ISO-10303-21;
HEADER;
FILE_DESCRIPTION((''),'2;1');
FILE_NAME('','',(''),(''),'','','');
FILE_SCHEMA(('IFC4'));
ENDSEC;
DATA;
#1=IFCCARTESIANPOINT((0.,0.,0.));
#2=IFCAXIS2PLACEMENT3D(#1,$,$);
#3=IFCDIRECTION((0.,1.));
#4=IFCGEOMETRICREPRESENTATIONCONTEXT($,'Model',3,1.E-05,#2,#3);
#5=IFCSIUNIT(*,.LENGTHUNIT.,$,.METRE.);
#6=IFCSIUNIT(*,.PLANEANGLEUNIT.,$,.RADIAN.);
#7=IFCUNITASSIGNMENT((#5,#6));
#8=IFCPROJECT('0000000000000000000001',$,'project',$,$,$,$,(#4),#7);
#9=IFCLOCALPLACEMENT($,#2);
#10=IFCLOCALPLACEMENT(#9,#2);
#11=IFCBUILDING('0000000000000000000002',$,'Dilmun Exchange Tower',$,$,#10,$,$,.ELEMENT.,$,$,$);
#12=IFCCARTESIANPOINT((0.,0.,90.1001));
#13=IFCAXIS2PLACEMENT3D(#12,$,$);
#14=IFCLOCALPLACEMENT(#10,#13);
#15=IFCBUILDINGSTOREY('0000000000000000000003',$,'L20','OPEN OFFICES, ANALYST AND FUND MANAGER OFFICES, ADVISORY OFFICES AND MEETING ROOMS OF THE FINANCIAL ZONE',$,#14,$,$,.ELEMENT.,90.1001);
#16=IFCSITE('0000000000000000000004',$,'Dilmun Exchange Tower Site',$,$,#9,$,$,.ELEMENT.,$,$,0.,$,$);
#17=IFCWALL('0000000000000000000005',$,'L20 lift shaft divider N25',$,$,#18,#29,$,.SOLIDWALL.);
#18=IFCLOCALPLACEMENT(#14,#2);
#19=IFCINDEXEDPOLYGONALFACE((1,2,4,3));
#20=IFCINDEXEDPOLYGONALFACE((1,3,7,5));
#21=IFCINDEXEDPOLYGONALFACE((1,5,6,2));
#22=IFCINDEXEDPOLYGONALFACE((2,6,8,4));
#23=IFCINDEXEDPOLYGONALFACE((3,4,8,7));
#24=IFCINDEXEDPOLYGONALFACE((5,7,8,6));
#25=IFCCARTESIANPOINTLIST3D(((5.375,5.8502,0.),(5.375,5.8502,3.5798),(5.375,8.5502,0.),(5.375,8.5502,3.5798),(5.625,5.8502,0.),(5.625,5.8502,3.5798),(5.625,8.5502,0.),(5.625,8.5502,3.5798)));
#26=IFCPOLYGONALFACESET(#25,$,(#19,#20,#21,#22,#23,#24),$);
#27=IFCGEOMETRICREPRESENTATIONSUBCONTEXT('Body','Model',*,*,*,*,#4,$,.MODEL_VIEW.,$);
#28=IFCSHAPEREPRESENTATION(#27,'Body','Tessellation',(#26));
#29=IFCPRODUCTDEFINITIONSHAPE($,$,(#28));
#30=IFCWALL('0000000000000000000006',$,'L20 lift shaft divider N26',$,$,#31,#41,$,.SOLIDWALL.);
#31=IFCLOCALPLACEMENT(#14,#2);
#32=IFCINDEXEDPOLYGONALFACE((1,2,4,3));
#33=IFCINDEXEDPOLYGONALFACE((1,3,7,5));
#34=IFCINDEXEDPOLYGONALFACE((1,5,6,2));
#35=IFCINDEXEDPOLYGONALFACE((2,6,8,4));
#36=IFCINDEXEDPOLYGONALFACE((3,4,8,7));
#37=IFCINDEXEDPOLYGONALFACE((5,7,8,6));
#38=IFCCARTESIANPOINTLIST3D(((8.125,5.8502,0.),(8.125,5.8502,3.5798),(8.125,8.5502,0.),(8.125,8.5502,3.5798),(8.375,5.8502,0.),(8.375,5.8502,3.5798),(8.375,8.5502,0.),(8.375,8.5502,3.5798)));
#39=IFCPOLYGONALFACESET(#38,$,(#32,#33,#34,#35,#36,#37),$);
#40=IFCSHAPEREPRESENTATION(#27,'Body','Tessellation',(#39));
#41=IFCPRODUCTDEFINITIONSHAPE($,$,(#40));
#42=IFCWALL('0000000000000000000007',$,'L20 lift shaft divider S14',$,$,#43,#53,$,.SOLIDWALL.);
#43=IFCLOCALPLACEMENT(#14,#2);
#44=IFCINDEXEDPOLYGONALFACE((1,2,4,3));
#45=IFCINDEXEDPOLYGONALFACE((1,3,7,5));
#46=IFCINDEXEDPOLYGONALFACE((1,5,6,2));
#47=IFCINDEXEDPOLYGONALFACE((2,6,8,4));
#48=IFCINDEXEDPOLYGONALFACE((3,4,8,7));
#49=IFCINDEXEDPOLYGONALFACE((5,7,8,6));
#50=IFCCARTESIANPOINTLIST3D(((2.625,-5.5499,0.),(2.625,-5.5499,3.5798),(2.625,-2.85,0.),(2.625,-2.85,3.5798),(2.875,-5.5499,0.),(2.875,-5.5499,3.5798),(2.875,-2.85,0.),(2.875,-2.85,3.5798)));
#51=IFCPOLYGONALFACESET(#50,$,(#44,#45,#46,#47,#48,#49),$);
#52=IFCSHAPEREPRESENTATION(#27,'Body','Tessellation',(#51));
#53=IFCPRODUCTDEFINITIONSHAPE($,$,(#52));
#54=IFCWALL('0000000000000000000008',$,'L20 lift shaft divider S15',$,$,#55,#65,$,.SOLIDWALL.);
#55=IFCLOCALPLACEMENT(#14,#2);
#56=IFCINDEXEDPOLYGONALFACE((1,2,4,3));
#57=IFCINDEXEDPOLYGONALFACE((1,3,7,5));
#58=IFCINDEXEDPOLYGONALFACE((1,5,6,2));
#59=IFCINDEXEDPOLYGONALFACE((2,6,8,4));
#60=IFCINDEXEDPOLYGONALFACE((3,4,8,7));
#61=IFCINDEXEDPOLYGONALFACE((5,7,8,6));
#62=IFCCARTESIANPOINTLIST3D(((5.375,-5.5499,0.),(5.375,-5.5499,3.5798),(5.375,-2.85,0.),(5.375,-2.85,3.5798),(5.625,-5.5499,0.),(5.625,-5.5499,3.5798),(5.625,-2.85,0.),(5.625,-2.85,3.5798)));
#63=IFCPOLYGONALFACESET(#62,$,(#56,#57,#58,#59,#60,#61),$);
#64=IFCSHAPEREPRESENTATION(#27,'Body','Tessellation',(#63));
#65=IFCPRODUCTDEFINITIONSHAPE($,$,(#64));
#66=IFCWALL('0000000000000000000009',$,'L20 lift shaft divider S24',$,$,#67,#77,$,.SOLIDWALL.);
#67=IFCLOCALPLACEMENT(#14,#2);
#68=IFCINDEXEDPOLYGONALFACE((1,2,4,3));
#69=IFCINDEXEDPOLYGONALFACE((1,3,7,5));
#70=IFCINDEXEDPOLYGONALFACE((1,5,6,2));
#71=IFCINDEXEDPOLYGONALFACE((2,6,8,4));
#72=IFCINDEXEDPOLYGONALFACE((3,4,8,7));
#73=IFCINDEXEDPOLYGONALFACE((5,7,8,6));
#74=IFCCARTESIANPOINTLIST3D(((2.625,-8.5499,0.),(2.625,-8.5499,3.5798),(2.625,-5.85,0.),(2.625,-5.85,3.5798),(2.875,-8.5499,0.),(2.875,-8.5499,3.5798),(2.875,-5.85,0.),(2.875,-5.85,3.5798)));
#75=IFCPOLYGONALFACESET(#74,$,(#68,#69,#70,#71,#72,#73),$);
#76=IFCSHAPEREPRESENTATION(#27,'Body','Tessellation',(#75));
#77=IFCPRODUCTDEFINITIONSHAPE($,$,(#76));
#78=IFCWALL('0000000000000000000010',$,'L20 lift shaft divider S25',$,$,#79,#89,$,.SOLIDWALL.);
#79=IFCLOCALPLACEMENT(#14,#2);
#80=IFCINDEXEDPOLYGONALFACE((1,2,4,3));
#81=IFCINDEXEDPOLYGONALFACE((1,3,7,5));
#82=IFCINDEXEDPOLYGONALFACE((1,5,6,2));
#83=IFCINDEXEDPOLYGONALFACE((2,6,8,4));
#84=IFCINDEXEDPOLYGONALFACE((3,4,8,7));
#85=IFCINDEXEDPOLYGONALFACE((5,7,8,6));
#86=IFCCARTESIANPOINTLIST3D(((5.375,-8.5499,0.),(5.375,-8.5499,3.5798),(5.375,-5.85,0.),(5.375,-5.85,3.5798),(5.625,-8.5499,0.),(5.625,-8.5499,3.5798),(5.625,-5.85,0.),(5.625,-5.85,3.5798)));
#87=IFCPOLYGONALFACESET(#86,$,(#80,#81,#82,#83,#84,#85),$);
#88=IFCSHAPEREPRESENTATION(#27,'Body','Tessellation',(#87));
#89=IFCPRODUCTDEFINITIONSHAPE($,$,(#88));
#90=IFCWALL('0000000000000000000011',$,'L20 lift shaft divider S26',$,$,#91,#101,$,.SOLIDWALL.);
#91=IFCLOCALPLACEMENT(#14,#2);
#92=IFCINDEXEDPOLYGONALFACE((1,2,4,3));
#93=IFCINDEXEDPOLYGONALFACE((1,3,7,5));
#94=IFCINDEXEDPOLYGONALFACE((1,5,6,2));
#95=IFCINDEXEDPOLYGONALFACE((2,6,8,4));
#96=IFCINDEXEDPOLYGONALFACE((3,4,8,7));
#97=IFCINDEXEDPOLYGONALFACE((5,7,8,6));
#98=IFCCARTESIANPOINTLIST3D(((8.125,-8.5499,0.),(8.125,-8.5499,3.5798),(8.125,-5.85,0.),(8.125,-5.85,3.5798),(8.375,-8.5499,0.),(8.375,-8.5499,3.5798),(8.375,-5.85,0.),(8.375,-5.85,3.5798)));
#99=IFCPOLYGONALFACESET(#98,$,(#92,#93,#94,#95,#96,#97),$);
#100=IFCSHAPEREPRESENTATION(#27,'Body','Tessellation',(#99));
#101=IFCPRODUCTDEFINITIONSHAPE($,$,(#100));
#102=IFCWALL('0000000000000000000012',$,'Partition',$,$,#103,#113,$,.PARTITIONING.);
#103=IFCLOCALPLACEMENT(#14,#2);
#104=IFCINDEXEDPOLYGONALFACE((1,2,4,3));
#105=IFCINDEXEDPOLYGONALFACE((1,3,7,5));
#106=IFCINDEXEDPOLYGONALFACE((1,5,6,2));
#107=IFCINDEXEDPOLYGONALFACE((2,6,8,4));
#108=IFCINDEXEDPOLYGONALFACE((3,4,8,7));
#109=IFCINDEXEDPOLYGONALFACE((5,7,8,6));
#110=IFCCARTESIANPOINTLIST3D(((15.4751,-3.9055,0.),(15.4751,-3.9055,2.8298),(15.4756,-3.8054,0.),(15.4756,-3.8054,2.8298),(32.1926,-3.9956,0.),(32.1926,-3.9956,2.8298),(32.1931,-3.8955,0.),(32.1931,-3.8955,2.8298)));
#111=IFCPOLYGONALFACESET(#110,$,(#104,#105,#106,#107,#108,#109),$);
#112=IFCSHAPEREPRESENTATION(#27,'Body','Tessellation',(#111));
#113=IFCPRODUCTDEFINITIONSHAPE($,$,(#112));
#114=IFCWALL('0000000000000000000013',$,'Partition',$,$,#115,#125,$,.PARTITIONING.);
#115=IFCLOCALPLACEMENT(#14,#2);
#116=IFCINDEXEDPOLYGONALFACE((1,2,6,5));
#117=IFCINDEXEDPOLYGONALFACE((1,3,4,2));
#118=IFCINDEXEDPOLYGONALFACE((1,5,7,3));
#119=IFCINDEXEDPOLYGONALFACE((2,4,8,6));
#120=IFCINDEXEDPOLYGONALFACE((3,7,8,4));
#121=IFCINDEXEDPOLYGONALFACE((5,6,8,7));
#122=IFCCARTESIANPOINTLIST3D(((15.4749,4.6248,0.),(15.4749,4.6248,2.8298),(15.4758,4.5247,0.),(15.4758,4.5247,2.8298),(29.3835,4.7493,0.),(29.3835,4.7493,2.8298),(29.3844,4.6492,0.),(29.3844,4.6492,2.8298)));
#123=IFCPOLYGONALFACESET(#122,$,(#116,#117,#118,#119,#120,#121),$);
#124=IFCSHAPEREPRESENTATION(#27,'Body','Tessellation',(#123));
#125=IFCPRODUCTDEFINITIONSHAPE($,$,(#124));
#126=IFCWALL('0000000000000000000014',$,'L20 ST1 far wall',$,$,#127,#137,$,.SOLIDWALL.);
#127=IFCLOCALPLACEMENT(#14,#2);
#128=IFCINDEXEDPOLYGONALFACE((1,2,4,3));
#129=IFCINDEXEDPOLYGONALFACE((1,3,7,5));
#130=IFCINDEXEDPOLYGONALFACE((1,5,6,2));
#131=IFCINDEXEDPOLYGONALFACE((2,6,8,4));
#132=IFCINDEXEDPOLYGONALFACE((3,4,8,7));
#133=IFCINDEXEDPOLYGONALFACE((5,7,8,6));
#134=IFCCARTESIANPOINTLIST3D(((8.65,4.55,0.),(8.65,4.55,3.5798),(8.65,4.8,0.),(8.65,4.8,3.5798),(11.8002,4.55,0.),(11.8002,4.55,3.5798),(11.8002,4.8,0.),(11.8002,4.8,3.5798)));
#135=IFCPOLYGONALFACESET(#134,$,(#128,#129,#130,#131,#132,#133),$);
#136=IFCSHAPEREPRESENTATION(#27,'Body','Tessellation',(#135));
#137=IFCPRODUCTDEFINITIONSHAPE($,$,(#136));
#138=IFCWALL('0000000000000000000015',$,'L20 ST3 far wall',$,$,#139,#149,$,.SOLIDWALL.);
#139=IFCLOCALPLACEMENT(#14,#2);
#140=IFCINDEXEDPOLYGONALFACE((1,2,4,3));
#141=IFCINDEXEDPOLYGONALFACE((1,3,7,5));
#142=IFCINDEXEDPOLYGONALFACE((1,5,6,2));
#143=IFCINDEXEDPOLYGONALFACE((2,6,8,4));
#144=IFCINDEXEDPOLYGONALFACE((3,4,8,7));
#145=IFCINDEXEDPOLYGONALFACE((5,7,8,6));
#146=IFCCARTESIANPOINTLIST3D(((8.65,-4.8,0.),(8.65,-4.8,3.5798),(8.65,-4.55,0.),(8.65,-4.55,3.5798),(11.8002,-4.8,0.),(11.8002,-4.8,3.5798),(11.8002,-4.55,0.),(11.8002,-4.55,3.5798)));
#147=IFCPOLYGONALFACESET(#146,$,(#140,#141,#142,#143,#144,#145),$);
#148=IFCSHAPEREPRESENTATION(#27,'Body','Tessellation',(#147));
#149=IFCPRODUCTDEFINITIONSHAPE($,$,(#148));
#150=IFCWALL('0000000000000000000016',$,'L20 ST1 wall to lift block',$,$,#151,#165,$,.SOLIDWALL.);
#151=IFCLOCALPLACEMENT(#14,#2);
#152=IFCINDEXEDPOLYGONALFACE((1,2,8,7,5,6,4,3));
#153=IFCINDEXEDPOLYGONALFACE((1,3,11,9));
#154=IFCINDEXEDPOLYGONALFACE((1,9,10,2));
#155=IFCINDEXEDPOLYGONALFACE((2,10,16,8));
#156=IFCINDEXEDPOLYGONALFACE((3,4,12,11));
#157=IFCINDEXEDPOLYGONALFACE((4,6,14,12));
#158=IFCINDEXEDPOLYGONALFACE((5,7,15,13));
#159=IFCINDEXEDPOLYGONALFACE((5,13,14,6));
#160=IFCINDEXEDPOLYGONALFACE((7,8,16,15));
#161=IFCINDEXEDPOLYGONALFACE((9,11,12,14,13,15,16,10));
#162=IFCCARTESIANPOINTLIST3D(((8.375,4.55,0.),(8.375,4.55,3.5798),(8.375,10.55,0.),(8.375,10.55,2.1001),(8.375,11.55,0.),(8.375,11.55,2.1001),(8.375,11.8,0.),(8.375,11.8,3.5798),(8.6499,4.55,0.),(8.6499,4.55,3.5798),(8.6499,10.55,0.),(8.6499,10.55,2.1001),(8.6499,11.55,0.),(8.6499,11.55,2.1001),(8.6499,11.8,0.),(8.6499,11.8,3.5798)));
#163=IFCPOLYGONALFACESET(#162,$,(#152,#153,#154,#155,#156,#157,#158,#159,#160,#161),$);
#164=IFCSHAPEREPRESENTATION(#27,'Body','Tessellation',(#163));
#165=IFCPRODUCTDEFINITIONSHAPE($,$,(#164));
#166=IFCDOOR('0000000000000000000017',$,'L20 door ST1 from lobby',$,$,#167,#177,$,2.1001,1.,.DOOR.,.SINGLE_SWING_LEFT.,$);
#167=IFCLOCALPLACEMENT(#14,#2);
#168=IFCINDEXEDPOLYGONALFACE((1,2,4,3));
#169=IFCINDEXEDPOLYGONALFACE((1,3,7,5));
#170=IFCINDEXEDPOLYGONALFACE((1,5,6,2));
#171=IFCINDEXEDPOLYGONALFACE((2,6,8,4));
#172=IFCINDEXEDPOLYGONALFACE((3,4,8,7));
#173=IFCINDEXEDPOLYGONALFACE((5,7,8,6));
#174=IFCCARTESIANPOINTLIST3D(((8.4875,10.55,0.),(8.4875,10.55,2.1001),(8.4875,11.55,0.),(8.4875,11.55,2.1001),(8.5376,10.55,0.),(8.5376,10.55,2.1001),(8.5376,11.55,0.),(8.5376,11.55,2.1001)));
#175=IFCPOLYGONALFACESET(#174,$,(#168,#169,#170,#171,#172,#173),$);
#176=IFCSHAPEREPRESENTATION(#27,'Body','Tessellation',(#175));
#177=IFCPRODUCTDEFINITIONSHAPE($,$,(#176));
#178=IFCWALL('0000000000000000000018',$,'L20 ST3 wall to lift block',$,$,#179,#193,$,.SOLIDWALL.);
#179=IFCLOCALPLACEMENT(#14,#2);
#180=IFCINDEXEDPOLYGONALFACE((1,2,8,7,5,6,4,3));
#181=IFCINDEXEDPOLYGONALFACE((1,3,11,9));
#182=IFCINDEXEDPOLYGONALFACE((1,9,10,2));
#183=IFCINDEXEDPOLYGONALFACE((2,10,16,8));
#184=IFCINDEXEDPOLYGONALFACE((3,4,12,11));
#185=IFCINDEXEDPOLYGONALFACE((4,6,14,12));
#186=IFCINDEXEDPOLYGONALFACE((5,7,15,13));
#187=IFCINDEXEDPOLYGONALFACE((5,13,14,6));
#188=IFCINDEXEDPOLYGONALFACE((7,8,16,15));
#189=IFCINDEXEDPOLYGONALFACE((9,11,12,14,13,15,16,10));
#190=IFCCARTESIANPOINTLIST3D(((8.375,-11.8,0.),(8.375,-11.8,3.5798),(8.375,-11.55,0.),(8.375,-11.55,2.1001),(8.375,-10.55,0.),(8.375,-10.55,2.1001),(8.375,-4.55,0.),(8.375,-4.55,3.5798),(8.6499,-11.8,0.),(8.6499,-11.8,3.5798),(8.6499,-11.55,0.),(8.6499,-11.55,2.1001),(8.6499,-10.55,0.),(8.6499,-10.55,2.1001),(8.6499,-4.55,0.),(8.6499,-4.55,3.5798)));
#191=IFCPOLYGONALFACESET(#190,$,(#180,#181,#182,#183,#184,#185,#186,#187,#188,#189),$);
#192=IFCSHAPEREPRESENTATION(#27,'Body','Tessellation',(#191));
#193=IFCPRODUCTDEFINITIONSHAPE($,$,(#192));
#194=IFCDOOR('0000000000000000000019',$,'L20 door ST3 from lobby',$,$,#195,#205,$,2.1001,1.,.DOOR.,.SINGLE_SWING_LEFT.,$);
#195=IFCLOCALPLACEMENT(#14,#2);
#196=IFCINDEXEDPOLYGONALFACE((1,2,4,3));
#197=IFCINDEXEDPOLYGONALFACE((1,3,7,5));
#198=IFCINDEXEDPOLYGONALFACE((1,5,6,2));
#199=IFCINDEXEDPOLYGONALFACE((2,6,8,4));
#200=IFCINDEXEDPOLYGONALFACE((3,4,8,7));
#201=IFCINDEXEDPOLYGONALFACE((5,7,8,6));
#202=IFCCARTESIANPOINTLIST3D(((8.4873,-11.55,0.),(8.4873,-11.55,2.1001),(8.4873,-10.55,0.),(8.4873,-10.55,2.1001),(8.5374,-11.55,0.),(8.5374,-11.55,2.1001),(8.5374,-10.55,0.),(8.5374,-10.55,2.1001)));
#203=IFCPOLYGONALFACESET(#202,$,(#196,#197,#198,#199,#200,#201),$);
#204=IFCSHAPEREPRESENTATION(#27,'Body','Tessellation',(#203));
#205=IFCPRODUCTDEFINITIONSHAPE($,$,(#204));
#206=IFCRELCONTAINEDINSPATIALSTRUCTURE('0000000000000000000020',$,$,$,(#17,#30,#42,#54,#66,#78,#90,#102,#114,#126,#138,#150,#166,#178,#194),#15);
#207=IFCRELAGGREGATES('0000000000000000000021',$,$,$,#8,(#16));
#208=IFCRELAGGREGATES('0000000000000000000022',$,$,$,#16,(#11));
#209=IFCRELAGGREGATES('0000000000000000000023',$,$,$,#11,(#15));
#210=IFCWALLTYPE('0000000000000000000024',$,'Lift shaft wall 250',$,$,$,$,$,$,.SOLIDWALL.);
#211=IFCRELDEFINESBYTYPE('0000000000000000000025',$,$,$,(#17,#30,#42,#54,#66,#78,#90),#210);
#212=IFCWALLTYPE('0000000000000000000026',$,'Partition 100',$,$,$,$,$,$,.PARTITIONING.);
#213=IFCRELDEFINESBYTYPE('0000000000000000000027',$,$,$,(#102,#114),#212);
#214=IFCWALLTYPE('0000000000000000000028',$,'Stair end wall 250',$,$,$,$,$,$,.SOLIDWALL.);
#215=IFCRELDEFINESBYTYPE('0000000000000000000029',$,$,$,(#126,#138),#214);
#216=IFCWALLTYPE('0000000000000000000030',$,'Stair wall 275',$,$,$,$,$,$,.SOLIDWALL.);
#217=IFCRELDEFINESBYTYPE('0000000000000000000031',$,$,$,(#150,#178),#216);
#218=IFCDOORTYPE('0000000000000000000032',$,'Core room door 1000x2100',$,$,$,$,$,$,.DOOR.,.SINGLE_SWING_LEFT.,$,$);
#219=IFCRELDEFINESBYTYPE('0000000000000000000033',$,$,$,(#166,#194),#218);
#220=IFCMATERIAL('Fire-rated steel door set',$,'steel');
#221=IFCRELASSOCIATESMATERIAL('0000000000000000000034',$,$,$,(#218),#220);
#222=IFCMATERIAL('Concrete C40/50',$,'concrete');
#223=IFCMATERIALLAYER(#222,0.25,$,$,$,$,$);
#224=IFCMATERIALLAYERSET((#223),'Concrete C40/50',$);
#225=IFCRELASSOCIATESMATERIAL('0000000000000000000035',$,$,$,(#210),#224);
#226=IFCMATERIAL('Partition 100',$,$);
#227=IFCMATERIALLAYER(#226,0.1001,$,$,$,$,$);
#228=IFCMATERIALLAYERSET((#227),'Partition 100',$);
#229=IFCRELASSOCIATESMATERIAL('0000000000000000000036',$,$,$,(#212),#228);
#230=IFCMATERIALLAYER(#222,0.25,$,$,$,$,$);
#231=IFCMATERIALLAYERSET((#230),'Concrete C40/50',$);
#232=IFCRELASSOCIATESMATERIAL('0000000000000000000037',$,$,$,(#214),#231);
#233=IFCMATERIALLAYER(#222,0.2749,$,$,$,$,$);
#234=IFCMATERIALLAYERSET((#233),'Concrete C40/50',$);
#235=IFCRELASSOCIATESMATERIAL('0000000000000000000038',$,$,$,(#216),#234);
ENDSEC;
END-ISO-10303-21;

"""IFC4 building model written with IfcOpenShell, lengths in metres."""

from ifc_helpers import new_model, si_unit, direction, frame, frame_2d, origin, place, context, subcontext, project, spatial, rectangle, extrude, material, layer, layer_set, type_object, element, fill, save


model = new_model("IFC4")

# Units and contexts
model_context = context("Model", 3, precision=1e-05, world=origin(), true_north=direction((0.0, 1.0)))
body_context = subcontext(model_context, "Body", "Model", "MODEL_VIEW")
ifc_project = project(units=[si_unit("LENGTHUNIT", "METRE"), si_unit("PLANEANGLEUNIT", "RADIAN")], contexts=[model_context])

# Site, building, storey
site_placement = place(None, origin())
site = spatial("IfcSite", under=ifc_project, at=site_placement, Name="Dilmun Exchange Tower Site", CompositionType="ELEMENT", RefElevation=0.0)
building_placement = place(site_placement, origin())
building = spatial("IfcBuilding", under=site, at=building_placement, Name="Dilmun Exchange Tower", CompositionType="ELEMENT")
storey_placement = place(building_placement, frame((0.0, 0.0, 90.1001)))
storey = spatial("IfcBuildingStorey", under=building, at=storey_placement, Name="L20", Description="OPEN OFFICES, ANALYST AND FUND MANAGER OFFICES, ADVISORY OFFICES AND MEETING ROOMS OF THE FINANCIAL ZONE", CompositionType="ELEMENT", Elevation=90.1001)

# Shared definitions
ifc_material_1 = material(Name="Concrete C40/50", Category="concrete")

# Shared definitions
ifc_material_2 = material(Name="Fire-rated steel door set", Category="steel")

# Shared definitions
door_type_1 = type_object("IfcDoorType", Name="Core room door 1000x2100", OperationType="SINGLE_SWING_LEFT", PredefinedType="DOOR", material=ifc_material_2)

# Walls
ifc_layer_1 = layer(ifc_material_1, 0.25)
ifc_layer_set_1 = layer_set([ifc_layer_1], Name="Concrete C40/50")
wall_type_1 = type_object("IfcWallType", Name="Lift shaft wall 250", PredefinedType="SOLIDWALL", material=ifc_layer_set_1)
for number, where, z_axis, x_axis, name in (
    (1, (5.5, 5.8501, 0.0), (0.0, 0.0, 1.0), (0.0, 1.0, 0.0), "L20 lift shaft divider N25"),
    (2, (8.25, 5.8501, 0.0), (0.0, 0.0, 1.0), (0.0, 1.0, 0.0), "L20 lift shaft divider N26"),
    (3, (2.75, -5.55, 0.0), (0.0, 0.0, 1.0), (0.0, 1.0, 0.0), "L20 lift shaft divider S14"),
    (4, (5.5, -5.55, 0.0), (0.0, 0.0, 1.0), (0.0, 1.0, 0.0), "L20 lift shaft divider S15"),
    (5, (2.75, -8.55, 0.0), (0.0, 0.0, 1.0), (0.0, 1.0, 0.0), "L20 lift shaft divider S24"),
    (6, (5.5, -8.55, 0.0), (0.0, 0.0, 1.0), (0.0, 1.0, 0.0), "L20 lift shaft divider S25"),
    (7, (8.25, -8.55, 0.0), (0.0, 0.0, 1.0), (0.0, 1.0, 0.0), "L20 lift shaft divider S26"),
):
    element("IfcWall", number, at=place(storey_placement, frame(where, z_axis=z_axis, x_axis=x_axis)), inside=storey, type_object=wall_type_1, Name=name, PredefinedType="SOLIDWALL", context=body_context, shape_type="SweptSolid", body=[
        extrude(rectangle(XDim=2.7, YDim=0.25, at=frame_2d((1.3501, 0.0))), origin(), (0.0, 0.0, 1.0), 3.5798),
    ])
ifc_material_3 = material(Name="Partition 100")
ifc_layer_2 = layer(ifc_material_3, 0.1001)
ifc_layer_set_2 = layer_set([ifc_layer_2], Name="Partition 100")
wall_type_2 = type_object("IfcWallType", Name="Partition 100", PredefinedType="PARTITIONING", material=ifc_layer_set_2)
wall_1_placement = place(storey_placement, frame((15.4753, -3.8555, 0.0), z_axis=(0.0, 0.0, 1.0), x_axis=(0.999985, -0.005389, 0.0)))
element("IfcWall", 8, at=wall_1_placement, inside=storey, type_object=wall_type_2, Name="Partition", PredefinedType="PARTITIONING", context=body_context, shape_type="SweptSolid", body=[
    extrude(rectangle(XDim=16.7178, YDim=0.1001, at=frame_2d((8.3589, 0.0))), origin(), (0.0, 0.0, 1.0), 2.8298),
])
wall_2_placement = place(storey_placement, frame((15.4753, 4.5747, 0.0), z_axis=(0.0, 0.0, 1.0), x_axis=(0.99996, 0.008952, 0.0)))
element("IfcWall", 9, at=wall_2_placement, inside=storey, type_object=wall_type_2, Name="Partition", PredefinedType="PARTITIONING", context=body_context, shape_type="SweptSolid", body=[
    extrude(rectangle(XDim=13.9092, YDim=0.1001, at=frame_2d((6.9546, 0.0))), origin(), (0.0, 0.0, 1.0), 2.8298),
])
ifc_layer_3 = layer(ifc_material_1, 0.25)
ifc_layer_set_3 = layer_set([ifc_layer_3], Name="Concrete C40/50")
wall_type_3 = type_object("IfcWallType", Name="Stair end wall 250", PredefinedType="SOLIDWALL", material=ifc_layer_set_3)
for number, where, z_axis, x_axis, name in (
    (10, (8.6499, 4.675, 0.0), (0.0, 0.0, 1.0), (1.0, 0.0, 0.0), "L20 ST1 far wall"),
    (11, (8.6499, -4.675, 0.0), (0.0, 0.0, 1.0), (1.0, 0.0, 0.0), "L20 ST3 far wall"),
):
    element("IfcWall", number, at=place(storey_placement, frame(where, z_axis=z_axis, x_axis=x_axis)), inside=storey, type_object=wall_type_3, Name=name, PredefinedType="SOLIDWALL", context=body_context, shape_type="SweptSolid", body=[
        extrude(rectangle(XDim=3.1501, YDim=0.25, at=frame_2d((1.5752, 0.0))), origin(), (0.0, 0.0, 1.0), 3.5798),
    ])

# Walls, openings, doors
ifc_layer_4 = layer(ifc_material_1, 0.2749)
ifc_layer_set_4 = layer_set([ifc_layer_4], Name="Concrete C40/50")
wall_type_4 = type_object("IfcWallType", Name="Stair wall 275", PredefinedType="SOLIDWALL", material=ifc_layer_set_4)
wall_3_placement = place(storey_placement, frame((8.5125, 4.55, 0.0), z_axis=(0.0, 0.0, 1.0), x_axis=(0.0, 1.0, 0.0)))
wall_3 = element("IfcWall", 12, at=wall_3_placement, inside=storey, type_object=wall_type_4, Name="L20 ST1 wall to lift block", PredefinedType="SOLIDWALL", context=body_context, shape_type="SweptSolid", body=[
    extrude(rectangle(XDim=7.25, YDim=0.2749, at=frame_2d((3.625, 0.0))), origin(), (0.0, 0.0, 1.0), 3.5798),
])
opening_1_placement = place(wall_3_placement, frame((6.0, 0.0, 0.0)))
opening_1 = element("IfcOpeningElement", 13, at=opening_1_placement, cuts=wall_3, PredefinedType="OPENING", context=body_context, shape_type="SweptSolid", body=[
    extrude(rectangle(XDim=1.0, YDim=2.1001, at=frame_2d((0.5, 1.05))), frame((0.0, 0.1475, 0.0), z_axis=(0.0, -1.0, 0.0), x_axis=(1.0, 0.0, 0.0)), (0.0, 0.0, 1.0), 0.2949),
])
door_1_placement = place(opening_1_placement, origin())
door_1 = element("IfcDoor", 14, at=door_1_placement, inside=storey, type_object=door_type_1, Name="L20 door ST1 from lobby", OperationType="SINGLE_SWING_LEFT", OverallHeight=2.1001, OverallWidth=1.0, PredefinedType="DOOR", context=body_context, shape_type="SweptSolid", body=[
    extrude(rectangle(XDim=1.0, YDim=2.1001, at=frame_2d((0.5, 1.05))), frame((0.0, 0.0249, 0.0), z_axis=(0.0, -1.0, 0.0), x_axis=(1.0, 0.0, 0.0)), (0.0, 0.0, 1.0), 0.05),
])
fill(opening_1, door_1)
wall_4_placement = place(storey_placement, frame((8.5125, -4.55, 0.0), z_axis=(0.0, 0.0, 1.0), x_axis=(0.0, -1.0, 0.0)))
wall_4 = element("IfcWall", 15, at=wall_4_placement, inside=storey, type_object=wall_type_4, Name="L20 ST3 wall to lift block", PredefinedType="SOLIDWALL", context=body_context, shape_type="SweptSolid", body=[
    extrude(rectangle(XDim=7.25, YDim=0.2749, at=frame_2d((3.625, 0.0))), origin(), (0.0, 0.0, 1.0), 3.5798),
])
opening_2_placement = place(wall_4_placement, frame((6.0, 0.0, 0.0)))
opening_2 = element("IfcOpeningElement", 16, at=opening_2_placement, cuts=wall_4, PredefinedType="OPENING", context=body_context, shape_type="SweptSolid", body=[
    extrude(rectangle(XDim=1.0, YDim=2.1001, at=frame_2d((0.5, 1.05))), frame((0.0, 0.1475, 0.0), z_axis=(0.0, -1.0, 0.0), x_axis=(1.0, 0.0, 0.0)), (0.0, 0.0, 1.0), 0.2949),
])
door_2_placement = place(opening_2_placement, origin())
door_2 = element("IfcDoor", 17, at=door_2_placement, inside=storey, type_object=door_type_1, Name="L20 door ST3 from lobby", OperationType="SINGLE_SWING_LEFT", OverallHeight=2.1001, OverallWidth=1.0, PredefinedType="DOOR", context=body_context, shape_type="SweptSolid", body=[
    extrude(rectangle(XDim=1.0, YDim=2.1001, at=frame_2d((0.5, 1.05))), frame((0.0, 0.0249, 0.0), z_axis=(0.0, -1.0, 0.0), x_axis=(1.0, 0.0, 0.0)), (0.0, 0.0, 1.0), 0.05),
])
fill(opening_2, door_2)

save(model, "model.ifc")
